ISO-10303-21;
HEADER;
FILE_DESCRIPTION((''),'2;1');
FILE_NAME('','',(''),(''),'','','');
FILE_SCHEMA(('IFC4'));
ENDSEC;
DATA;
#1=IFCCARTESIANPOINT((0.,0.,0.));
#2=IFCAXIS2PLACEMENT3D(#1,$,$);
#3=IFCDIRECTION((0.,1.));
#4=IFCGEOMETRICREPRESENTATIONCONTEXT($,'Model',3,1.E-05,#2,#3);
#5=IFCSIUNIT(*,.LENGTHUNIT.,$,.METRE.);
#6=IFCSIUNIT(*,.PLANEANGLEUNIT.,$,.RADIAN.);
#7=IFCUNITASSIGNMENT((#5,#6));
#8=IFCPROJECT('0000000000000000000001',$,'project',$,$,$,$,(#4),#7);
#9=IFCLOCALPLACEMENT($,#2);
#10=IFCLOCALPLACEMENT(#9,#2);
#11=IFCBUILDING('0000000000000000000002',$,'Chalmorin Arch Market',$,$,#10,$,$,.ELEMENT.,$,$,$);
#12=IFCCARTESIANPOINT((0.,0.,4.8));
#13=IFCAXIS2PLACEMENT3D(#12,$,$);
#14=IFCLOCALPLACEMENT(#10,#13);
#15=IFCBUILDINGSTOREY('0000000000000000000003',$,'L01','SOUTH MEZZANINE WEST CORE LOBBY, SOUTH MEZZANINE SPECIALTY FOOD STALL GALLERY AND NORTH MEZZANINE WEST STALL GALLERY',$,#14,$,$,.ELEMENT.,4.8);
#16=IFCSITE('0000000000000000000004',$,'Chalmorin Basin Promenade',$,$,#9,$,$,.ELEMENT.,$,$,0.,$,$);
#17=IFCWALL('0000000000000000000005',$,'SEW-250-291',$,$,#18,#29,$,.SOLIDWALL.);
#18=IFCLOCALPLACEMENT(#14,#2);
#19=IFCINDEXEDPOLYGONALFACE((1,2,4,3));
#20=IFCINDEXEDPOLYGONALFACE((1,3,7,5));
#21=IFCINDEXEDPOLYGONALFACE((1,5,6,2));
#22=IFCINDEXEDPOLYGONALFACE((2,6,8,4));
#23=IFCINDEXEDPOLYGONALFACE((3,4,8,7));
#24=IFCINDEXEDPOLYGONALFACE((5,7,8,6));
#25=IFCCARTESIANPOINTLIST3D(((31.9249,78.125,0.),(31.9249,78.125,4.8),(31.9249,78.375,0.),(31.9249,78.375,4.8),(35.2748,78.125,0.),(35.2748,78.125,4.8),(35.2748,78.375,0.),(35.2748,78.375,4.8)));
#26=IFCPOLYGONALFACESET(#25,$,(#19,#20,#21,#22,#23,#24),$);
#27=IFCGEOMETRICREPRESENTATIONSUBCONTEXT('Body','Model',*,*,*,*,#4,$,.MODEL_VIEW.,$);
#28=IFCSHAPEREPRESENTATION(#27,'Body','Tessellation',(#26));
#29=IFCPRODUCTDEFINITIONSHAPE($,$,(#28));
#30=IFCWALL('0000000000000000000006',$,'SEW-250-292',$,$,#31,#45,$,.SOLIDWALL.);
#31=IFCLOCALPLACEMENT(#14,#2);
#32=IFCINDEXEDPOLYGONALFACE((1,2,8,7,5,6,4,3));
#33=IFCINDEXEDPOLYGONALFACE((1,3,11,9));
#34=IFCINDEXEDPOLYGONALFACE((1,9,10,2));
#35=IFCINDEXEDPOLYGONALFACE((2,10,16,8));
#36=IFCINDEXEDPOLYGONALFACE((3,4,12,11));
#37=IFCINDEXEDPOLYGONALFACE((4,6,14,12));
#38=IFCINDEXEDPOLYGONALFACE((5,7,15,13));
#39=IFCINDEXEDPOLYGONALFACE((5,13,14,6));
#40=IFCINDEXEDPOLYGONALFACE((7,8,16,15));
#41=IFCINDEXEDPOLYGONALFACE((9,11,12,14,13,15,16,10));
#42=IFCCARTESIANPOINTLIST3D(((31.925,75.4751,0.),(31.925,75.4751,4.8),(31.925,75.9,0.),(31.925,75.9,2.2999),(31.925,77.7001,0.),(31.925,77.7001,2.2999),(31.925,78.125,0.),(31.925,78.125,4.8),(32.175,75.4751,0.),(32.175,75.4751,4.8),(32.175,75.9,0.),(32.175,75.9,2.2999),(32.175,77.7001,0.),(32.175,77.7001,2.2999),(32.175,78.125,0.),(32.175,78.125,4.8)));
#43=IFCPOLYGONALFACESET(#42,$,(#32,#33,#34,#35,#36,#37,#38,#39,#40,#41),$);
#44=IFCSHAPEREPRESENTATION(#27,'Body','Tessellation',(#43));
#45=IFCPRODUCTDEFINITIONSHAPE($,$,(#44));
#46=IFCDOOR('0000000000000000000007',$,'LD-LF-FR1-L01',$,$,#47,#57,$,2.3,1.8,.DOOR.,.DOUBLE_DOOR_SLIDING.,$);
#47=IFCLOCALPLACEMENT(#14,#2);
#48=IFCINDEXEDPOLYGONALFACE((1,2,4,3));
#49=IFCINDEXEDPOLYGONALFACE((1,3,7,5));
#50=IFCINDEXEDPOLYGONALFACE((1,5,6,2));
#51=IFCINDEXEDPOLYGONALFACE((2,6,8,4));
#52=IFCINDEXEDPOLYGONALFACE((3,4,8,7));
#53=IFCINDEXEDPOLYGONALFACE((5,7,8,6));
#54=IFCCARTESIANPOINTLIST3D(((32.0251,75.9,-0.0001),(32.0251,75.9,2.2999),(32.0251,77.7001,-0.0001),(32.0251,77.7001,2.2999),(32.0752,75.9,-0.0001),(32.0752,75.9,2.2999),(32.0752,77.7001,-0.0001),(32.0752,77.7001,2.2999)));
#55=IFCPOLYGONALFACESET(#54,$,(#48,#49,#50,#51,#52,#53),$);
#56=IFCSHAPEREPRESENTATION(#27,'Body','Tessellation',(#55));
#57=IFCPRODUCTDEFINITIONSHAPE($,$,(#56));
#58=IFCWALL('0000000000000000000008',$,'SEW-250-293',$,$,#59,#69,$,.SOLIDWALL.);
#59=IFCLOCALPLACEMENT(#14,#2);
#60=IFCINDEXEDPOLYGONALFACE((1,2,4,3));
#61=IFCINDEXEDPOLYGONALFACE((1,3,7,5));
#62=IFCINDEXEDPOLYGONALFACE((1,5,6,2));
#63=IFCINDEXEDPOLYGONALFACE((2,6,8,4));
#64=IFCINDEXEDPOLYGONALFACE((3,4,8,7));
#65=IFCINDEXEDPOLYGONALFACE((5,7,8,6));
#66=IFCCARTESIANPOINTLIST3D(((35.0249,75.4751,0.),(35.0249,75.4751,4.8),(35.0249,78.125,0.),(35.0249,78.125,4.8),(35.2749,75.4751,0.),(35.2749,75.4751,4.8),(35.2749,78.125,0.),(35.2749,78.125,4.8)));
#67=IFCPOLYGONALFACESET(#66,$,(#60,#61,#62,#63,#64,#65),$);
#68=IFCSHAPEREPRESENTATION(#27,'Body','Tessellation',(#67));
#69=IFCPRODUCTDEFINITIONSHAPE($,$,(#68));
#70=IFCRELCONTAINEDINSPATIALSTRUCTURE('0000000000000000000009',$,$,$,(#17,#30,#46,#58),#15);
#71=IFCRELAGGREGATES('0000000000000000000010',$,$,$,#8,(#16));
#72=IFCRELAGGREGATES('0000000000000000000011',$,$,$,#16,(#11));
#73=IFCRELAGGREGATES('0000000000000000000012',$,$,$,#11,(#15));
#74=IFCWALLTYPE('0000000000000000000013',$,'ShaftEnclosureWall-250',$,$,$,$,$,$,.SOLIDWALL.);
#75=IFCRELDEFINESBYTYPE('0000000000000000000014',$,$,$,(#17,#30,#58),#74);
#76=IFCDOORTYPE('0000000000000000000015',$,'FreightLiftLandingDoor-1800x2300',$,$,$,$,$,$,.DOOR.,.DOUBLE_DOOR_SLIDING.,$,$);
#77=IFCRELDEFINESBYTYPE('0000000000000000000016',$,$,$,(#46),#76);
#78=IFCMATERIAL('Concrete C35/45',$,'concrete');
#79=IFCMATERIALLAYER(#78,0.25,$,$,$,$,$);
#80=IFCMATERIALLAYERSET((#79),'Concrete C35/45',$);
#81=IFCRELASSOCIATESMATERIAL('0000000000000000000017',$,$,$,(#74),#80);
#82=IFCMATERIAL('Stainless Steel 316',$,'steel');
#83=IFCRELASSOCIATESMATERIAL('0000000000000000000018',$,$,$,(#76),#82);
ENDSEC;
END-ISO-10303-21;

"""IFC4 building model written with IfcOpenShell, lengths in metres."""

from ifc_helpers import new_model, si_unit, direction, frame, frame_2d, origin, place, context, subcontext, project, spatial, rectangle, extrude, material, layer, layer_set, type_object, element, fill, save


model = new_model("IFC4")

# Units and contexts
model_context = context("Model", 3, precision=1e-05, world=origin(), true_north=direction((0.0, 1.0)))
body_context = subcontext(model_context, "Body", "Model", "MODEL_VIEW")
ifc_project = project(units=[si_unit("LENGTHUNIT", "METRE"), si_unit("PLANEANGLEUNIT", "RADIAN")], contexts=[model_context])

# Site, building, storey
site_placement = place(None, origin())
site = spatial("IfcSite", under=ifc_project, at=site_placement, Name="Chalmorin Basin Promenade", CompositionType="ELEMENT", RefElevation=0.0)
building_placement = place(site_placement, origin())
building = spatial("IfcBuilding", under=site, at=building_placement, Name="Chalmorin Arch Market", CompositionType="ELEMENT")
storey_placement = place(building_placement, frame((0.0, 0.0, 4.8)))
storey = spatial("IfcBuildingStorey", under=building, at=storey_placement, Name="L01", Description="SOUTH MEZZANINE WEST CORE LOBBY, SOUTH MEZZANINE SPECIALTY FOOD STALL GALLERY AND NORTH MEZZANINE WEST STALL GALLERY", CompositionType="ELEMENT", Elevation=4.8)

# Wall
ifc_material_1 = material(Name="Concrete C35/45", Category="concrete")
ifc_layer_1 = layer(ifc_material_1, 0.25)
ifc_layer_set_1 = layer_set([ifc_layer_1], Name="Concrete C35/45")
wall_type = type_object("IfcWallType", Name="ShaftEnclosureWall-250", PredefinedType="SOLIDWALL", material=ifc_layer_set_1)
for number, where, z_axis, x_axis, name in (
    (1, (31.925, 78.25, 0.0), (0.0, 0.0, 1.0), (1.0, 0.0, 0.0), "SEW-250-291"),
):
    element("IfcWall", number, at=place(storey_placement, frame(where, z_axis=z_axis, x_axis=x_axis)), inside=storey, type_object=wall_type, Name=name, PredefinedType="SOLIDWALL", context=body_context, shape_type="SweptSolid", body=[
        extrude(rectangle(XDim=3.3499, YDim=0.25, at=frame_2d((1.6748, 0.0))), origin(), (0.0, 0.0, 1.0), 4.8),
    ])

# Wall, opening, door
wall_1_placement = place(storey_placement, frame((32.05, 75.4751, 0.0), z_axis=(0.0, 0.0, 1.0), x_axis=(0.0, 1.0, 0.0)))
wall_1 = element("IfcWall", 2, at=wall_1_placement, inside=storey, type_object=wall_type, Name="SEW-250-292", PredefinedType="SOLIDWALL", context=body_context, shape_type="SweptSolid", body=[
    extrude(rectangle(XDim=2.6499, YDim=0.25, at=frame_2d((1.325, 0.0))), origin(), (0.0, 0.0, 1.0), 4.8),
])
opening_placement = place(wall_1_placement, frame((0.425, 0.0, 0.0)))
opening = element("IfcOpeningElement", 3, at=opening_placement, cuts=wall_1, PredefinedType="OPENING", context=body_context, shape_type="SweptSolid", body=[
    extrude(rectangle(XDim=1.8, YDim=2.3, at=frame_2d((0.8999, 1.1499))), frame((0.0, 0.135, 0.0), z_axis=(0.0, -1.0, 0.0), x_axis=(1.0, 0.0, 0.0)), (0.0, 0.0, 1.0), 0.27),
])
ifc_material_2 = material(Name="Stainless Steel 316", Category="steel")
door_type = type_object("IfcDoorType", Name="FreightLiftLandingDoor-1800x2300", OperationType="DOUBLE_DOOR_SLIDING", PredefinedType="DOOR", material=ifc_material_2)
door_placement = place(opening_placement, origin())
door = element("IfcDoor", 4, at=door_placement, inside=storey, type_object=door_type, Name="LD-LF-FR1-L01", OperationType="DOUBLE_DOOR_SLIDING", OverallHeight=2.3, OverallWidth=1.8, PredefinedType="DOOR", context=body_context, shape_type="SweptSolid", body=[
    extrude(rectangle(XDim=1.8, YDim=2.3, at=frame_2d((0.8999, 1.1499))), frame((0.0, 0.0249, 0.0), z_axis=(0.0, -1.0, 0.0), x_axis=(1.0, 0.0, 0.0)), (0.0, 0.0, 1.0), 0.05),
])
fill(opening, door)

# Wall
wall_2_placement = place(storey_placement, frame((35.1499, 78.125, 0.0), z_axis=(0.0, 0.0, 1.0), x_axis=(0.0, -1.0, 0.0)))
element("IfcWall", 5, at=wall_2_placement, inside=storey, type_object=wall_type, Name="SEW-250-293", PredefinedType="SOLIDWALL", context=body_context, shape_type="SweptSolid", body=[
    extrude(rectangle(XDim=2.6499, YDim=0.25, at=frame_2d((1.325, 0.0))), origin(), (0.0, 0.0, 1.0), 4.8),
])

save(model, "model.ifc")
